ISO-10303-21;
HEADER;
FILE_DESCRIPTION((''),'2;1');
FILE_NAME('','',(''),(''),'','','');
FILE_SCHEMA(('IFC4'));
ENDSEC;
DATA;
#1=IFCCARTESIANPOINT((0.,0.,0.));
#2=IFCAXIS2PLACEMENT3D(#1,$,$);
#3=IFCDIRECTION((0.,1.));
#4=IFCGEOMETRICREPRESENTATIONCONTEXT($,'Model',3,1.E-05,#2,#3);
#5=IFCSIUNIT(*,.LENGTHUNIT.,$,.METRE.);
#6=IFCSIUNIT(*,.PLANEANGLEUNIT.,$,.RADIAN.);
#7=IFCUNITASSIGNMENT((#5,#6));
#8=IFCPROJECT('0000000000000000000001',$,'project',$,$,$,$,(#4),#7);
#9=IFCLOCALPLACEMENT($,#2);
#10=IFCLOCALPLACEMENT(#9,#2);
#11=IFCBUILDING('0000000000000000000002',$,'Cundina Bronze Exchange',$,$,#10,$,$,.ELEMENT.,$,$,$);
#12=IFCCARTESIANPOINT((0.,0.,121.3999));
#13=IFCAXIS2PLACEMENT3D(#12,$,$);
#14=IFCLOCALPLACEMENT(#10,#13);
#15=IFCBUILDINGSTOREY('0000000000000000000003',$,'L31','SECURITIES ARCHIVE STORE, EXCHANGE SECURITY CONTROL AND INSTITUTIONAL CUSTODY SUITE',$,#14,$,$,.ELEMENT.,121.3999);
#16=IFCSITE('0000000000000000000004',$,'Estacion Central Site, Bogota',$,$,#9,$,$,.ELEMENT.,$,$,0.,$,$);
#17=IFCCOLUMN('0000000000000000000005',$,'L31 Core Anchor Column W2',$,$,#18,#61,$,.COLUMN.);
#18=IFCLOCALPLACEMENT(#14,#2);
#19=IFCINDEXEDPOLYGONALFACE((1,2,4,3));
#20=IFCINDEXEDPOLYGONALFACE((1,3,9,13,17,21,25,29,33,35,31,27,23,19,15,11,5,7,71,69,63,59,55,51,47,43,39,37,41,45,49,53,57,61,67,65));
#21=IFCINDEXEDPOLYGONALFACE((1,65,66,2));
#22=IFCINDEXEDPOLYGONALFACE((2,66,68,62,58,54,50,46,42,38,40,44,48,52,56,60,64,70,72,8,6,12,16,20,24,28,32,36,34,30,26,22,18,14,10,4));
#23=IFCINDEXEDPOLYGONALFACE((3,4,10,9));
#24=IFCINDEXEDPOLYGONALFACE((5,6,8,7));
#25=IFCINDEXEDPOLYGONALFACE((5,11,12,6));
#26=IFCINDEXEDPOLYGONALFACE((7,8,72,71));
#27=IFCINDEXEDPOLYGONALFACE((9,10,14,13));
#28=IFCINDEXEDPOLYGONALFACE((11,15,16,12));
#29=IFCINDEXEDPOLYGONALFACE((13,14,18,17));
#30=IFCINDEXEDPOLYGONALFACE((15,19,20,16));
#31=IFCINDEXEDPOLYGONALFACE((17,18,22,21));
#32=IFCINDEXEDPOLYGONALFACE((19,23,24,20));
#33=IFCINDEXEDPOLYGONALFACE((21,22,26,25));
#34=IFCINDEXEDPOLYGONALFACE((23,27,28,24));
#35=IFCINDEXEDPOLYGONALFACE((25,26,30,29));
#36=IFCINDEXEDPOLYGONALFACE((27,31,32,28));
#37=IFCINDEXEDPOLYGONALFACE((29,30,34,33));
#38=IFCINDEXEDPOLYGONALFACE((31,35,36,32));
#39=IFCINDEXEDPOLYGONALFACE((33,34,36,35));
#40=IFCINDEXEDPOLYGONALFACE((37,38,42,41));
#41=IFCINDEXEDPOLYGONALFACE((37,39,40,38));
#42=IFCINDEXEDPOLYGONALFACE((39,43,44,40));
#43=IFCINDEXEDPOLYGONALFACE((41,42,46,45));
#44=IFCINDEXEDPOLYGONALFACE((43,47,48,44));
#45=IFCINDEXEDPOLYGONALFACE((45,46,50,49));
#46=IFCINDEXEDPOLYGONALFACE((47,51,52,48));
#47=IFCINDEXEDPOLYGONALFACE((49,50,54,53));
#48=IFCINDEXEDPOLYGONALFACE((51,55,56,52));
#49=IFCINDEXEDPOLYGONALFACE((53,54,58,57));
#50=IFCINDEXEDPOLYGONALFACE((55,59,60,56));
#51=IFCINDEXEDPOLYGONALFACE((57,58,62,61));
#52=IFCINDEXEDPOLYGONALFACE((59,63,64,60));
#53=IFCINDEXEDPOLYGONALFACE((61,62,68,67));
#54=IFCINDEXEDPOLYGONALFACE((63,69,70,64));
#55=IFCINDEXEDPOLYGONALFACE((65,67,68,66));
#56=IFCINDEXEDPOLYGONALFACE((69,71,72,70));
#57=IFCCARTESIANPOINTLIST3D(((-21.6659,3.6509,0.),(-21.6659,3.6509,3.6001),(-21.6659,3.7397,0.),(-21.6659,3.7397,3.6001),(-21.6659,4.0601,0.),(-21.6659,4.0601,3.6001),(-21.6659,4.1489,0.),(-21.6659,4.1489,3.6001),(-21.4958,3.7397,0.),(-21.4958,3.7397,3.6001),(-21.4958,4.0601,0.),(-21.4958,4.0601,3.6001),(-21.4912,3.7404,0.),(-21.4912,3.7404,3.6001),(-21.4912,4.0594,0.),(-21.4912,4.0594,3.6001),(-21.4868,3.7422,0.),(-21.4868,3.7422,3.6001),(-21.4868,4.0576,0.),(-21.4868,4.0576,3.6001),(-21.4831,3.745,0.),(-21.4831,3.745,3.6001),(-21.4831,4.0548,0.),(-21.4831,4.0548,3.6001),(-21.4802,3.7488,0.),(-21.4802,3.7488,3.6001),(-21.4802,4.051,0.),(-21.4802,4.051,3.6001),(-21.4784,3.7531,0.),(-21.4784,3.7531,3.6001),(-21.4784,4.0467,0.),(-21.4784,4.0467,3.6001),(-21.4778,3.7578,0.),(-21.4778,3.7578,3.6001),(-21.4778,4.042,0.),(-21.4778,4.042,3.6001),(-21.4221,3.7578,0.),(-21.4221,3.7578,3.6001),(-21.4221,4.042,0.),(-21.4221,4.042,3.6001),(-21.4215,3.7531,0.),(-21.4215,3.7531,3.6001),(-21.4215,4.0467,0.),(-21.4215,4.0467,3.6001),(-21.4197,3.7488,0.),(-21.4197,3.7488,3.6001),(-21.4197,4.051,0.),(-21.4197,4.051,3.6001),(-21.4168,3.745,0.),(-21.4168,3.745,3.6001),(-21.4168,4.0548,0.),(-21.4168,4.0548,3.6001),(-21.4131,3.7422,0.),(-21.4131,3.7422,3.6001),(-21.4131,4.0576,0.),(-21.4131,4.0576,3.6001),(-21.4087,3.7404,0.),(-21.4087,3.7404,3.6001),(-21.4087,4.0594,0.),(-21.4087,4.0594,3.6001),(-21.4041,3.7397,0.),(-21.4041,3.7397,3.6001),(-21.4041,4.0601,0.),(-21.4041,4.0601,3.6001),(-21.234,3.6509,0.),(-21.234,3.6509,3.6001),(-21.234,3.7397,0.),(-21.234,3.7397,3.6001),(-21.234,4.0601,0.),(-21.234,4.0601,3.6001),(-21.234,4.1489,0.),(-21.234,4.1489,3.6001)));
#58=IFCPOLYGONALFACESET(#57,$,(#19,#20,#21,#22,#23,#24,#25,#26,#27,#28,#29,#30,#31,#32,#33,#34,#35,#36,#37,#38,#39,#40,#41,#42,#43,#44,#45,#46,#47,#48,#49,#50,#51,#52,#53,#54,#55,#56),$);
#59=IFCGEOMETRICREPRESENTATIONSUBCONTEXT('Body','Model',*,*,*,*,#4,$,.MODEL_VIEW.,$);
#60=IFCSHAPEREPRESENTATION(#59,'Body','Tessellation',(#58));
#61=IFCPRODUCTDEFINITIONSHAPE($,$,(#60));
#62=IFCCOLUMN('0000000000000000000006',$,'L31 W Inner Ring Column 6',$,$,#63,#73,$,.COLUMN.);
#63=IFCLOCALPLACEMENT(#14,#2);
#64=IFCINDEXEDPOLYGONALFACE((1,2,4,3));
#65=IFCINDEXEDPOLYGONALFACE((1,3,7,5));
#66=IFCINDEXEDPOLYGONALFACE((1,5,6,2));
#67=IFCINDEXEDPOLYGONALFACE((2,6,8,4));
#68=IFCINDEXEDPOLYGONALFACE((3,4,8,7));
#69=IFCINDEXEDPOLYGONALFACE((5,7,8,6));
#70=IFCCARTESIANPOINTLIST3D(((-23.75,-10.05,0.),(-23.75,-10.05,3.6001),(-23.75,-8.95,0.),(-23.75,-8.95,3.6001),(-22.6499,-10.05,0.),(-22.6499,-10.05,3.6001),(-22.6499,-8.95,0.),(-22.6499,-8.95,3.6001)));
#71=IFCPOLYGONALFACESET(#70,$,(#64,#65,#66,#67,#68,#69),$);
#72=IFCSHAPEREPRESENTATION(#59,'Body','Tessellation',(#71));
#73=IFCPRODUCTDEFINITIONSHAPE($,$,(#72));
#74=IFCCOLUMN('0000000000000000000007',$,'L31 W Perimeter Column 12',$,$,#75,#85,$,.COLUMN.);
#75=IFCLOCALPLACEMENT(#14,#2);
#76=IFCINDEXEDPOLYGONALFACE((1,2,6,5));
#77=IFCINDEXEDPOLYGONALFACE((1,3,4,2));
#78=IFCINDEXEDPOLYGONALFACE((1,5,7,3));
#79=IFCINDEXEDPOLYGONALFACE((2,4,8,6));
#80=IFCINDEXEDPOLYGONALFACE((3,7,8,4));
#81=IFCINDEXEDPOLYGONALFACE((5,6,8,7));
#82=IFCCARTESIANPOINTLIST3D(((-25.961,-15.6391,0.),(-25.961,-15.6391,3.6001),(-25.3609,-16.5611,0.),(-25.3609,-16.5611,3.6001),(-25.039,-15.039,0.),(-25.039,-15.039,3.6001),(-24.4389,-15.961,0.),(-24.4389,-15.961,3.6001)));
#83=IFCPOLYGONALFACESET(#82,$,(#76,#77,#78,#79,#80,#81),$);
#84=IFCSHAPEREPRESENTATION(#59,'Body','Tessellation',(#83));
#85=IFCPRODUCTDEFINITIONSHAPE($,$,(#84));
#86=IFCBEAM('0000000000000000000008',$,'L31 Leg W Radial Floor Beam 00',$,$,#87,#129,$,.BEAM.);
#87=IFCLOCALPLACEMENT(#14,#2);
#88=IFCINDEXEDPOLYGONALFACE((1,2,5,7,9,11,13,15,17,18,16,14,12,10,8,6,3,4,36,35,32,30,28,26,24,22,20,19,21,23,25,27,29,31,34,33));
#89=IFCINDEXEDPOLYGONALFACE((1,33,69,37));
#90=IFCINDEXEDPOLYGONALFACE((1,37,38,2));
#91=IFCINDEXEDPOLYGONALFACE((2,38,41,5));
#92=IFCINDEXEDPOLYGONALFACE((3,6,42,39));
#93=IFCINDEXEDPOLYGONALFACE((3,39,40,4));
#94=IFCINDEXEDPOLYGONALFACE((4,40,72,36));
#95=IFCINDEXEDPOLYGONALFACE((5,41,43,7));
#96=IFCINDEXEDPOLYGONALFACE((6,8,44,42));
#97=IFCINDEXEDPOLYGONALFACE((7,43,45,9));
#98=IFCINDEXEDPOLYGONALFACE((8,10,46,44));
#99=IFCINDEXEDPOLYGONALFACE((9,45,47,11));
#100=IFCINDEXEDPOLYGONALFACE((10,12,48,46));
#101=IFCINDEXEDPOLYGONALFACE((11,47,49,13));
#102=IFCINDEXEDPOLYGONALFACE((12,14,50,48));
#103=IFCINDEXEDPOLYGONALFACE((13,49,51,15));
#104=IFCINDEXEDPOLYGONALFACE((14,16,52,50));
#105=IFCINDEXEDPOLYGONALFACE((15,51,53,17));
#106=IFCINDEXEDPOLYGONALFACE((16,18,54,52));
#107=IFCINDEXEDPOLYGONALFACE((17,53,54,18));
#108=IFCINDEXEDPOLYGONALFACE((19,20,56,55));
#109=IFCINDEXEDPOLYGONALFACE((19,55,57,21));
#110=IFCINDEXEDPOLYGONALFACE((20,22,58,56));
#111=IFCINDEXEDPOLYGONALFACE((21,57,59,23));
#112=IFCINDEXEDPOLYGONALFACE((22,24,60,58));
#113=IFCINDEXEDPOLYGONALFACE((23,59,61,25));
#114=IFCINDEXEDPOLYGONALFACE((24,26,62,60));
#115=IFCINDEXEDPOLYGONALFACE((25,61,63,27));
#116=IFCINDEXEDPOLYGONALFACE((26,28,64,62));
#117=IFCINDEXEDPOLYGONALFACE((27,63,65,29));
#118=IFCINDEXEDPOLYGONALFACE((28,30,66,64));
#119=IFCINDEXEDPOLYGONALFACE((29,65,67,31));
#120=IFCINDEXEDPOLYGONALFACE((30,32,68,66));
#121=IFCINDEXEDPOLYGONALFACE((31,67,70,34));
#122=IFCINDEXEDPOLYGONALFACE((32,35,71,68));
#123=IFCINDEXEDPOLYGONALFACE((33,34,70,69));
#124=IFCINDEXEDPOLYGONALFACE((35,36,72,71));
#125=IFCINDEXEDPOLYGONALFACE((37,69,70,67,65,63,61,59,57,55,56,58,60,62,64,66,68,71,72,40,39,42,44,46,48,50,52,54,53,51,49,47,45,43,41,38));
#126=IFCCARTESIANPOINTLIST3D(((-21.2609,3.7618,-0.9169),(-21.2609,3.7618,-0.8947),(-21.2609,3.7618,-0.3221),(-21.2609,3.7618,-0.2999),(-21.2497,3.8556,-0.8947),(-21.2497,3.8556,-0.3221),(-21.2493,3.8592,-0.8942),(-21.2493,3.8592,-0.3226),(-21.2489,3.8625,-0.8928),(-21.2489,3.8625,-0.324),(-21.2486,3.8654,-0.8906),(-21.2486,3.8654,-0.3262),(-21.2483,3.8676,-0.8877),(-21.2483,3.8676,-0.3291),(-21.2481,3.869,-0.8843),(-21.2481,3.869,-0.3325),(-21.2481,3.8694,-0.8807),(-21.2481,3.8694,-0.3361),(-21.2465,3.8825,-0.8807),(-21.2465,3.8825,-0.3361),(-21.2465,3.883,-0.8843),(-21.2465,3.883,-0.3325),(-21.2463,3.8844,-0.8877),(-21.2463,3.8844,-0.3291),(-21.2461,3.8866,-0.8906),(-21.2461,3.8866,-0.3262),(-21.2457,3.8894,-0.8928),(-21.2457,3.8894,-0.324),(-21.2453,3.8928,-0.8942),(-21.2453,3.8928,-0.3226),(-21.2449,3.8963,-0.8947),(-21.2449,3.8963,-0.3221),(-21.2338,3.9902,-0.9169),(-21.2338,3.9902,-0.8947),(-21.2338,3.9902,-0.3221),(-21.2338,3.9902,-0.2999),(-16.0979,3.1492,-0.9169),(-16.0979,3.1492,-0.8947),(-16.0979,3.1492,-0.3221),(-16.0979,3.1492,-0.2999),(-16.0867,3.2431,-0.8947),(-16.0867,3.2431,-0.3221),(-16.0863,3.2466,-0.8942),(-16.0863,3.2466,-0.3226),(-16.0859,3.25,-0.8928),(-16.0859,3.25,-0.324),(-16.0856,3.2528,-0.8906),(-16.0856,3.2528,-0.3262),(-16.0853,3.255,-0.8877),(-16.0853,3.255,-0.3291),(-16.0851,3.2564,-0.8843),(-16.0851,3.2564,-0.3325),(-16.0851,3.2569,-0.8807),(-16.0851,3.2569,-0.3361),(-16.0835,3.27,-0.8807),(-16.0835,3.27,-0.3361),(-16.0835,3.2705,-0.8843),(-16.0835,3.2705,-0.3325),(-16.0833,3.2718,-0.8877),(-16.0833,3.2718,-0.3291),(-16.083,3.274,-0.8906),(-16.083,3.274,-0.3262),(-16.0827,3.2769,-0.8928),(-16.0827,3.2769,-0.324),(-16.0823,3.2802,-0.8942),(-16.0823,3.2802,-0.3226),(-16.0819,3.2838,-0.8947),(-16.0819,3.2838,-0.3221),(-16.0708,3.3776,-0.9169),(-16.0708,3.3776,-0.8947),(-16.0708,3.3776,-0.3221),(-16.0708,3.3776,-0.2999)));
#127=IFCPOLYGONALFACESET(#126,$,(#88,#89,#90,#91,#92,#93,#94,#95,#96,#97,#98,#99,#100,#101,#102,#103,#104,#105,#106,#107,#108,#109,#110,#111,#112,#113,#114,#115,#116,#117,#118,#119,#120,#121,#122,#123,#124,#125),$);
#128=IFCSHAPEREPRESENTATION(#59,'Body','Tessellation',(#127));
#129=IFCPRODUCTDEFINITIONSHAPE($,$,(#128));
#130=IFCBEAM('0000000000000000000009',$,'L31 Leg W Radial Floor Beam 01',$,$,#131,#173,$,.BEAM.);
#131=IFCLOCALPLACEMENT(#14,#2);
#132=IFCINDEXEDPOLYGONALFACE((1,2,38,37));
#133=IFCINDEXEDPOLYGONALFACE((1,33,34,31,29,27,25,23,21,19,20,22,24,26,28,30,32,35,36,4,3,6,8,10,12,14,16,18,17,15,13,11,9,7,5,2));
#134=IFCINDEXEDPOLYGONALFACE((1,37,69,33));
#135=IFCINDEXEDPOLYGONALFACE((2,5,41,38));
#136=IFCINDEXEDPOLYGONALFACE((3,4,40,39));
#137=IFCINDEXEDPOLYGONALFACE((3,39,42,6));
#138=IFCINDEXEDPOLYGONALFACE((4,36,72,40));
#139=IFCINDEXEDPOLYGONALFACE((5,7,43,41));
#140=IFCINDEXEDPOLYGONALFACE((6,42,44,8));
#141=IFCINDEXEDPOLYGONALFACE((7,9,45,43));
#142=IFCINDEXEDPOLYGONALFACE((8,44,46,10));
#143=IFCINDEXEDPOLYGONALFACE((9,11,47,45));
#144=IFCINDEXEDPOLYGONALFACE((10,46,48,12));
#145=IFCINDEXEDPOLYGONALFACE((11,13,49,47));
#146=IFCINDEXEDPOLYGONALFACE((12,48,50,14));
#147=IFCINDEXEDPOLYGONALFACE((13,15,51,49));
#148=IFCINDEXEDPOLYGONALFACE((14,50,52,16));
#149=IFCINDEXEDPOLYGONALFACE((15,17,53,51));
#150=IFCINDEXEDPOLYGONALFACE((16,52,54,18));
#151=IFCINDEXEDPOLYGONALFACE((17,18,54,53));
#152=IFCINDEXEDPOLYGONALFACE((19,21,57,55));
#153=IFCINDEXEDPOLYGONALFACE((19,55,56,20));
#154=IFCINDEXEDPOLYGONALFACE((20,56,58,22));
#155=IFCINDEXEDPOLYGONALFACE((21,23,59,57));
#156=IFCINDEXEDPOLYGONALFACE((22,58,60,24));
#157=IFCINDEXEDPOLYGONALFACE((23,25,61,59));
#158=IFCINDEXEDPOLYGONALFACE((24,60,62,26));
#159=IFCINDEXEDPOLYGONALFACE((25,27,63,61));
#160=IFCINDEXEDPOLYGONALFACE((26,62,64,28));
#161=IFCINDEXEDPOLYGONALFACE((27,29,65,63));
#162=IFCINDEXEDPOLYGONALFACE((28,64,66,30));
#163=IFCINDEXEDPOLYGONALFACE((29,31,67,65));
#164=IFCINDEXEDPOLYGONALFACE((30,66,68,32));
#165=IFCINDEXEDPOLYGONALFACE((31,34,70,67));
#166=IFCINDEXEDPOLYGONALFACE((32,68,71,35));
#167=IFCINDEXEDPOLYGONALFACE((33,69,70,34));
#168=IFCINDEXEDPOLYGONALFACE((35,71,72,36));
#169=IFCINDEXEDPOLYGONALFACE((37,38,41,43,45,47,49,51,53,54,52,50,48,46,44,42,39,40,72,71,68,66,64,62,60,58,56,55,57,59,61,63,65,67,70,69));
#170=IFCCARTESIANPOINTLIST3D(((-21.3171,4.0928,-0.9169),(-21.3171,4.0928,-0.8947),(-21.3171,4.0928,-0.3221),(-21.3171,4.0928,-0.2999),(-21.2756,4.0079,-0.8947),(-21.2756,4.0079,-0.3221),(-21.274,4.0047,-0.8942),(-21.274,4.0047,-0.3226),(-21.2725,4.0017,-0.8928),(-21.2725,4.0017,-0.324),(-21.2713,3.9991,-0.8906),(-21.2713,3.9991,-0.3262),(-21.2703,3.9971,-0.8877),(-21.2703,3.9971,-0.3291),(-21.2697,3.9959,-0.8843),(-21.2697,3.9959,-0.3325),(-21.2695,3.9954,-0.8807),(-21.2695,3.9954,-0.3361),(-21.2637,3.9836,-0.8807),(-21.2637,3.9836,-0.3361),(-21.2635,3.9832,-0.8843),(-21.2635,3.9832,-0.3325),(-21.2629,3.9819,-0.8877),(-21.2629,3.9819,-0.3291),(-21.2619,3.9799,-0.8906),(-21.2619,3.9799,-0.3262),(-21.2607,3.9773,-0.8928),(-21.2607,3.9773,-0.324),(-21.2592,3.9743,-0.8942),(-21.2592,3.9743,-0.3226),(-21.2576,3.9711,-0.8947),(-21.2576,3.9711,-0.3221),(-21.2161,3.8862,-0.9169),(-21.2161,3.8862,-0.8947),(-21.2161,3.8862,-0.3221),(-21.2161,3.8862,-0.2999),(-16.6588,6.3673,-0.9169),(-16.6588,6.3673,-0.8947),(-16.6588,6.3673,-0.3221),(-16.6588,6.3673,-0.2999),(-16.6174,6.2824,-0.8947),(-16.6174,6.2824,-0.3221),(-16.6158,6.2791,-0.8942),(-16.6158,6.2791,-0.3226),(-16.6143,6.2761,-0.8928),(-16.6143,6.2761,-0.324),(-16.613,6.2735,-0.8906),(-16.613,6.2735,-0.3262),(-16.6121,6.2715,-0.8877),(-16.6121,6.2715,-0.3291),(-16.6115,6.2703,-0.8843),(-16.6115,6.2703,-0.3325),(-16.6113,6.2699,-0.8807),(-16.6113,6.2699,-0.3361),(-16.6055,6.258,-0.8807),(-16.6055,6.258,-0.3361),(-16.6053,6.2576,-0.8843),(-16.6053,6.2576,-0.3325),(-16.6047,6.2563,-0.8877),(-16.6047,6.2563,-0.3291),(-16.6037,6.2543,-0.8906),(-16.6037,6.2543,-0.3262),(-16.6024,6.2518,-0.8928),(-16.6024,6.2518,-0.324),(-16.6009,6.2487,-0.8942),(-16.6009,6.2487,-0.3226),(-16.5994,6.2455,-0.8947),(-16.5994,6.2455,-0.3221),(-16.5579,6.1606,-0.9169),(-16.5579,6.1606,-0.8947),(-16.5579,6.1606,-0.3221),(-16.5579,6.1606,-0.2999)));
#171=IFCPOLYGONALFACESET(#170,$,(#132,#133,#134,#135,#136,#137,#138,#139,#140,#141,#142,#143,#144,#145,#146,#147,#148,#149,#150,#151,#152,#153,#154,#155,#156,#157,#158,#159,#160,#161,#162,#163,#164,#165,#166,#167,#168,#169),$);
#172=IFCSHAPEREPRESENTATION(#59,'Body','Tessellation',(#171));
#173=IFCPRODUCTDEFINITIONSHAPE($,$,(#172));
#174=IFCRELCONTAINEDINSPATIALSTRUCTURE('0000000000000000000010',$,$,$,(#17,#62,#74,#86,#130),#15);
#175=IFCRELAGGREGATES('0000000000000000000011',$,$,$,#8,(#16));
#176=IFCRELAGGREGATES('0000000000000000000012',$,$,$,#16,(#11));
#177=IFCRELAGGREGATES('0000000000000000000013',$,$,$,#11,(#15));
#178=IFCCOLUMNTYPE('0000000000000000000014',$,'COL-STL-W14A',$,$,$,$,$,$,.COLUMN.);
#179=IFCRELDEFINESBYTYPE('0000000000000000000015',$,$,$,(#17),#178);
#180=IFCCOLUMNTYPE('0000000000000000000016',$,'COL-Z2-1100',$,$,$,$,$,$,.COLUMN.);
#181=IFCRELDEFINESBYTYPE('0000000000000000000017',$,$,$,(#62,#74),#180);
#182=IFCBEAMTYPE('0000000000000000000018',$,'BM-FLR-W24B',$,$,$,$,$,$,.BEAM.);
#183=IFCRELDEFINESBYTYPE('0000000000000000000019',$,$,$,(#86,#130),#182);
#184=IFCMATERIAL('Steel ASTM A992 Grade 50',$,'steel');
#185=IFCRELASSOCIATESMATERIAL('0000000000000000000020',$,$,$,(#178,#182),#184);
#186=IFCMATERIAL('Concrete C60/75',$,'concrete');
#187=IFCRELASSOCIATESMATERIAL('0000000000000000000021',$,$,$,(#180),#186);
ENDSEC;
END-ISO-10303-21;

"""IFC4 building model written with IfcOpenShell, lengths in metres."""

from ifc_helpers import new_model, si_unit, direction, frame, origin, origin_2d, place, context, subcontext, project, spatial, rectangle, i_section, extrude, material, material_profile, profile_set, type_object, element, save


model = new_model("IFC4")

# Units and contexts
model_context = context("Model", 3, precision=1e-05, world=origin(), true_north=direction((0.0, 1.0)))
body_context = subcontext(model_context, "Body", "Model", "MODEL_VIEW")
ifc_project = project(units=[si_unit("LENGTHUNIT", "METRE"), si_unit("PLANEANGLEUNIT", "RADIAN")], contexts=[model_context])

# Site, building, storey
site_placement = place(None, origin())
site = spatial("IfcSite", under=ifc_project, at=site_placement, Name="Estacion Central Site, Bogota", CompositionType="ELEMENT", RefElevation=0.0)
building_placement = place(site_placement, origin())
building = spatial("IfcBuilding", under=site, at=building_placement, Name="Cundina Bronze Exchange", CompositionType="ELEMENT")
storey_placement = place(building_placement, frame((0.0, 0.0, 121.3999)))
storey = spatial("IfcBuildingStorey", under=building, at=storey_placement, Name="L31", Description="SECURITIES ARCHIVE STORE, EXCHANGE SECURITY CONTROL AND INSTITUTIONAL CUSTODY SUITE", CompositionType="ELEMENT", Elevation=121.3999)

# Columns
ifc_material_1 = material(Name="Steel ASTM A992 Grade 50", Category="steel")
ifc_material_profile_1 = material_profile(ifc_material_1, i_section(OverallWidth=0.4319, OverallDepth=0.498, WebThickness=0.0557, FlangeThickness=0.0889, FilletRadius=0.0181, at=origin_2d()), Name="W14X500", Category="steel")
ifc_profile_set_1 = profile_set([ifc_material_profile_1], Name="Steel ASTM A992 Grade 50")
column_type_1 = type_object("IfcColumnType", Name="COL-STL-W14A", PredefinedType="COLUMN", material=ifc_profile_set_1)
column_placement = place(storey_placement, frame((-21.45, 3.8999, 0.0), z_axis=(0.0, 0.0, 1.0), x_axis=(1.0, 0.0, 0.0)))
element("IfcColumn", 1, at=column_placement, inside=storey, type_object=column_type_1, Name="L31 Core Anchor Column W2", PredefinedType="COLUMN", context=body_context, shape_type="SweptSolid", body=[
    extrude(i_section(OverallWidth=0.4319, OverallDepth=0.498, WebThickness=0.0557, FlangeThickness=0.0889, FilletRadius=0.0181, at=origin_2d()), origin(), (0.0, 0.0, 1.0), 3.6001),
])
ifc_material_2 = material(Name="Concrete C60/75", Category="concrete")
ifc_material_profile_2 = material_profile(ifc_material_2, rectangle(XDim=1.1001, YDim=1.1001, at=origin_2d()), Name="RC1100X1100", Category="concrete")
ifc_profile_set_2 = profile_set([ifc_material_profile_2], Name="Concrete C60/75")
column_type_2 = type_object("IfcColumnType", Name="COL-Z2-1100", PredefinedType="COLUMN", material=ifc_profile_set_2)
for number, where, z_axis, x_axis, name in (
    (2, (-23.2, -9.5, 0.0), (0.0, 0.0, 1.0), (1.0, 0.0, 0.0), "L31 W Inner Ring Column 6"),
    (3, (-25.2, -15.8, 0.0), (0.0, 0.0, 1.0), (0.8381, 0.545517, 0.0), "L31 W Perimeter Column 12"),
):
    element("IfcColumn", number, at=place(storey_placement, frame(where, z_axis=z_axis, x_axis=x_axis)), inside=storey, type_object=column_type_2, Name=name, PredefinedType="COLUMN", context=body_context, shape_type="SweptSolid", body=[
        extrude(rectangle(XDim=1.1001, YDim=1.1001, at=origin_2d()), origin(), (0.0, 0.0, 1.0), 3.6001),
    ])

# Beams
ifc_material_profile_3 = material_profile(ifc_material_1, i_section(OverallWidth=0.23, OverallDepth=0.6169, WebThickness=0.0132, FlangeThickness=0.0222, FilletRadius=0.0139, at=origin_2d()), Name="W24X94", Category="steel")
ifc_profile_set_3 = profile_set([ifc_material_profile_3], Name="Steel ASTM A992 Grade 50")
beam_type_1 = type_object("IfcBeamType", Name="BM-FLR-W24B", PredefinedType="BEAM", material=ifc_profile_set_3)
beam_1_placement = place(storey_placement, frame((-21.2473, 3.876, -0.6084), z_axis=(0.993036, -0.117814, 0.0), x_axis=(0.117814, 0.993036, 0.0)))
element("IfcBeam", 4, at=beam_1_placement, inside=storey, type_object=beam_type_1, Name="L31 Leg W Radial Floor Beam 00", PredefinedType="BEAM", context=body_context, shape_type="SweptSolid", body=[
    extrude(i_section(OverallWidth=0.23, OverallDepth=0.6169, WebThickness=0.0132, FlangeThickness=0.0222, FilletRadius=0.0139, at=origin_2d()), origin(), (0.0, 0.0, 1.0), 5.1992),
])
beam_2_placement = place(storey_placement, frame((-21.2666, 3.9895, -0.6084), z_axis=(0.898607, 0.438754, 0.0), x_axis=(-0.438754, 0.898607, 0.0)))
element("IfcBeam", 5, at=beam_2_placement, inside=storey, type_object=beam_type_1, Name="L31 Leg W Radial Floor Beam 01", PredefinedType="BEAM", context=body_context, shape_type="SweptSolid", body=[
    extrude(i_section(OverallWidth=0.23, OverallDepth=0.6169, WebThickness=0.0132, FlangeThickness=0.0222, FilletRadius=0.0139, at=origin_2d()), origin(), (0.0, 0.0, 1.0), 5.1838),
])

save(model, "model.ifc")
